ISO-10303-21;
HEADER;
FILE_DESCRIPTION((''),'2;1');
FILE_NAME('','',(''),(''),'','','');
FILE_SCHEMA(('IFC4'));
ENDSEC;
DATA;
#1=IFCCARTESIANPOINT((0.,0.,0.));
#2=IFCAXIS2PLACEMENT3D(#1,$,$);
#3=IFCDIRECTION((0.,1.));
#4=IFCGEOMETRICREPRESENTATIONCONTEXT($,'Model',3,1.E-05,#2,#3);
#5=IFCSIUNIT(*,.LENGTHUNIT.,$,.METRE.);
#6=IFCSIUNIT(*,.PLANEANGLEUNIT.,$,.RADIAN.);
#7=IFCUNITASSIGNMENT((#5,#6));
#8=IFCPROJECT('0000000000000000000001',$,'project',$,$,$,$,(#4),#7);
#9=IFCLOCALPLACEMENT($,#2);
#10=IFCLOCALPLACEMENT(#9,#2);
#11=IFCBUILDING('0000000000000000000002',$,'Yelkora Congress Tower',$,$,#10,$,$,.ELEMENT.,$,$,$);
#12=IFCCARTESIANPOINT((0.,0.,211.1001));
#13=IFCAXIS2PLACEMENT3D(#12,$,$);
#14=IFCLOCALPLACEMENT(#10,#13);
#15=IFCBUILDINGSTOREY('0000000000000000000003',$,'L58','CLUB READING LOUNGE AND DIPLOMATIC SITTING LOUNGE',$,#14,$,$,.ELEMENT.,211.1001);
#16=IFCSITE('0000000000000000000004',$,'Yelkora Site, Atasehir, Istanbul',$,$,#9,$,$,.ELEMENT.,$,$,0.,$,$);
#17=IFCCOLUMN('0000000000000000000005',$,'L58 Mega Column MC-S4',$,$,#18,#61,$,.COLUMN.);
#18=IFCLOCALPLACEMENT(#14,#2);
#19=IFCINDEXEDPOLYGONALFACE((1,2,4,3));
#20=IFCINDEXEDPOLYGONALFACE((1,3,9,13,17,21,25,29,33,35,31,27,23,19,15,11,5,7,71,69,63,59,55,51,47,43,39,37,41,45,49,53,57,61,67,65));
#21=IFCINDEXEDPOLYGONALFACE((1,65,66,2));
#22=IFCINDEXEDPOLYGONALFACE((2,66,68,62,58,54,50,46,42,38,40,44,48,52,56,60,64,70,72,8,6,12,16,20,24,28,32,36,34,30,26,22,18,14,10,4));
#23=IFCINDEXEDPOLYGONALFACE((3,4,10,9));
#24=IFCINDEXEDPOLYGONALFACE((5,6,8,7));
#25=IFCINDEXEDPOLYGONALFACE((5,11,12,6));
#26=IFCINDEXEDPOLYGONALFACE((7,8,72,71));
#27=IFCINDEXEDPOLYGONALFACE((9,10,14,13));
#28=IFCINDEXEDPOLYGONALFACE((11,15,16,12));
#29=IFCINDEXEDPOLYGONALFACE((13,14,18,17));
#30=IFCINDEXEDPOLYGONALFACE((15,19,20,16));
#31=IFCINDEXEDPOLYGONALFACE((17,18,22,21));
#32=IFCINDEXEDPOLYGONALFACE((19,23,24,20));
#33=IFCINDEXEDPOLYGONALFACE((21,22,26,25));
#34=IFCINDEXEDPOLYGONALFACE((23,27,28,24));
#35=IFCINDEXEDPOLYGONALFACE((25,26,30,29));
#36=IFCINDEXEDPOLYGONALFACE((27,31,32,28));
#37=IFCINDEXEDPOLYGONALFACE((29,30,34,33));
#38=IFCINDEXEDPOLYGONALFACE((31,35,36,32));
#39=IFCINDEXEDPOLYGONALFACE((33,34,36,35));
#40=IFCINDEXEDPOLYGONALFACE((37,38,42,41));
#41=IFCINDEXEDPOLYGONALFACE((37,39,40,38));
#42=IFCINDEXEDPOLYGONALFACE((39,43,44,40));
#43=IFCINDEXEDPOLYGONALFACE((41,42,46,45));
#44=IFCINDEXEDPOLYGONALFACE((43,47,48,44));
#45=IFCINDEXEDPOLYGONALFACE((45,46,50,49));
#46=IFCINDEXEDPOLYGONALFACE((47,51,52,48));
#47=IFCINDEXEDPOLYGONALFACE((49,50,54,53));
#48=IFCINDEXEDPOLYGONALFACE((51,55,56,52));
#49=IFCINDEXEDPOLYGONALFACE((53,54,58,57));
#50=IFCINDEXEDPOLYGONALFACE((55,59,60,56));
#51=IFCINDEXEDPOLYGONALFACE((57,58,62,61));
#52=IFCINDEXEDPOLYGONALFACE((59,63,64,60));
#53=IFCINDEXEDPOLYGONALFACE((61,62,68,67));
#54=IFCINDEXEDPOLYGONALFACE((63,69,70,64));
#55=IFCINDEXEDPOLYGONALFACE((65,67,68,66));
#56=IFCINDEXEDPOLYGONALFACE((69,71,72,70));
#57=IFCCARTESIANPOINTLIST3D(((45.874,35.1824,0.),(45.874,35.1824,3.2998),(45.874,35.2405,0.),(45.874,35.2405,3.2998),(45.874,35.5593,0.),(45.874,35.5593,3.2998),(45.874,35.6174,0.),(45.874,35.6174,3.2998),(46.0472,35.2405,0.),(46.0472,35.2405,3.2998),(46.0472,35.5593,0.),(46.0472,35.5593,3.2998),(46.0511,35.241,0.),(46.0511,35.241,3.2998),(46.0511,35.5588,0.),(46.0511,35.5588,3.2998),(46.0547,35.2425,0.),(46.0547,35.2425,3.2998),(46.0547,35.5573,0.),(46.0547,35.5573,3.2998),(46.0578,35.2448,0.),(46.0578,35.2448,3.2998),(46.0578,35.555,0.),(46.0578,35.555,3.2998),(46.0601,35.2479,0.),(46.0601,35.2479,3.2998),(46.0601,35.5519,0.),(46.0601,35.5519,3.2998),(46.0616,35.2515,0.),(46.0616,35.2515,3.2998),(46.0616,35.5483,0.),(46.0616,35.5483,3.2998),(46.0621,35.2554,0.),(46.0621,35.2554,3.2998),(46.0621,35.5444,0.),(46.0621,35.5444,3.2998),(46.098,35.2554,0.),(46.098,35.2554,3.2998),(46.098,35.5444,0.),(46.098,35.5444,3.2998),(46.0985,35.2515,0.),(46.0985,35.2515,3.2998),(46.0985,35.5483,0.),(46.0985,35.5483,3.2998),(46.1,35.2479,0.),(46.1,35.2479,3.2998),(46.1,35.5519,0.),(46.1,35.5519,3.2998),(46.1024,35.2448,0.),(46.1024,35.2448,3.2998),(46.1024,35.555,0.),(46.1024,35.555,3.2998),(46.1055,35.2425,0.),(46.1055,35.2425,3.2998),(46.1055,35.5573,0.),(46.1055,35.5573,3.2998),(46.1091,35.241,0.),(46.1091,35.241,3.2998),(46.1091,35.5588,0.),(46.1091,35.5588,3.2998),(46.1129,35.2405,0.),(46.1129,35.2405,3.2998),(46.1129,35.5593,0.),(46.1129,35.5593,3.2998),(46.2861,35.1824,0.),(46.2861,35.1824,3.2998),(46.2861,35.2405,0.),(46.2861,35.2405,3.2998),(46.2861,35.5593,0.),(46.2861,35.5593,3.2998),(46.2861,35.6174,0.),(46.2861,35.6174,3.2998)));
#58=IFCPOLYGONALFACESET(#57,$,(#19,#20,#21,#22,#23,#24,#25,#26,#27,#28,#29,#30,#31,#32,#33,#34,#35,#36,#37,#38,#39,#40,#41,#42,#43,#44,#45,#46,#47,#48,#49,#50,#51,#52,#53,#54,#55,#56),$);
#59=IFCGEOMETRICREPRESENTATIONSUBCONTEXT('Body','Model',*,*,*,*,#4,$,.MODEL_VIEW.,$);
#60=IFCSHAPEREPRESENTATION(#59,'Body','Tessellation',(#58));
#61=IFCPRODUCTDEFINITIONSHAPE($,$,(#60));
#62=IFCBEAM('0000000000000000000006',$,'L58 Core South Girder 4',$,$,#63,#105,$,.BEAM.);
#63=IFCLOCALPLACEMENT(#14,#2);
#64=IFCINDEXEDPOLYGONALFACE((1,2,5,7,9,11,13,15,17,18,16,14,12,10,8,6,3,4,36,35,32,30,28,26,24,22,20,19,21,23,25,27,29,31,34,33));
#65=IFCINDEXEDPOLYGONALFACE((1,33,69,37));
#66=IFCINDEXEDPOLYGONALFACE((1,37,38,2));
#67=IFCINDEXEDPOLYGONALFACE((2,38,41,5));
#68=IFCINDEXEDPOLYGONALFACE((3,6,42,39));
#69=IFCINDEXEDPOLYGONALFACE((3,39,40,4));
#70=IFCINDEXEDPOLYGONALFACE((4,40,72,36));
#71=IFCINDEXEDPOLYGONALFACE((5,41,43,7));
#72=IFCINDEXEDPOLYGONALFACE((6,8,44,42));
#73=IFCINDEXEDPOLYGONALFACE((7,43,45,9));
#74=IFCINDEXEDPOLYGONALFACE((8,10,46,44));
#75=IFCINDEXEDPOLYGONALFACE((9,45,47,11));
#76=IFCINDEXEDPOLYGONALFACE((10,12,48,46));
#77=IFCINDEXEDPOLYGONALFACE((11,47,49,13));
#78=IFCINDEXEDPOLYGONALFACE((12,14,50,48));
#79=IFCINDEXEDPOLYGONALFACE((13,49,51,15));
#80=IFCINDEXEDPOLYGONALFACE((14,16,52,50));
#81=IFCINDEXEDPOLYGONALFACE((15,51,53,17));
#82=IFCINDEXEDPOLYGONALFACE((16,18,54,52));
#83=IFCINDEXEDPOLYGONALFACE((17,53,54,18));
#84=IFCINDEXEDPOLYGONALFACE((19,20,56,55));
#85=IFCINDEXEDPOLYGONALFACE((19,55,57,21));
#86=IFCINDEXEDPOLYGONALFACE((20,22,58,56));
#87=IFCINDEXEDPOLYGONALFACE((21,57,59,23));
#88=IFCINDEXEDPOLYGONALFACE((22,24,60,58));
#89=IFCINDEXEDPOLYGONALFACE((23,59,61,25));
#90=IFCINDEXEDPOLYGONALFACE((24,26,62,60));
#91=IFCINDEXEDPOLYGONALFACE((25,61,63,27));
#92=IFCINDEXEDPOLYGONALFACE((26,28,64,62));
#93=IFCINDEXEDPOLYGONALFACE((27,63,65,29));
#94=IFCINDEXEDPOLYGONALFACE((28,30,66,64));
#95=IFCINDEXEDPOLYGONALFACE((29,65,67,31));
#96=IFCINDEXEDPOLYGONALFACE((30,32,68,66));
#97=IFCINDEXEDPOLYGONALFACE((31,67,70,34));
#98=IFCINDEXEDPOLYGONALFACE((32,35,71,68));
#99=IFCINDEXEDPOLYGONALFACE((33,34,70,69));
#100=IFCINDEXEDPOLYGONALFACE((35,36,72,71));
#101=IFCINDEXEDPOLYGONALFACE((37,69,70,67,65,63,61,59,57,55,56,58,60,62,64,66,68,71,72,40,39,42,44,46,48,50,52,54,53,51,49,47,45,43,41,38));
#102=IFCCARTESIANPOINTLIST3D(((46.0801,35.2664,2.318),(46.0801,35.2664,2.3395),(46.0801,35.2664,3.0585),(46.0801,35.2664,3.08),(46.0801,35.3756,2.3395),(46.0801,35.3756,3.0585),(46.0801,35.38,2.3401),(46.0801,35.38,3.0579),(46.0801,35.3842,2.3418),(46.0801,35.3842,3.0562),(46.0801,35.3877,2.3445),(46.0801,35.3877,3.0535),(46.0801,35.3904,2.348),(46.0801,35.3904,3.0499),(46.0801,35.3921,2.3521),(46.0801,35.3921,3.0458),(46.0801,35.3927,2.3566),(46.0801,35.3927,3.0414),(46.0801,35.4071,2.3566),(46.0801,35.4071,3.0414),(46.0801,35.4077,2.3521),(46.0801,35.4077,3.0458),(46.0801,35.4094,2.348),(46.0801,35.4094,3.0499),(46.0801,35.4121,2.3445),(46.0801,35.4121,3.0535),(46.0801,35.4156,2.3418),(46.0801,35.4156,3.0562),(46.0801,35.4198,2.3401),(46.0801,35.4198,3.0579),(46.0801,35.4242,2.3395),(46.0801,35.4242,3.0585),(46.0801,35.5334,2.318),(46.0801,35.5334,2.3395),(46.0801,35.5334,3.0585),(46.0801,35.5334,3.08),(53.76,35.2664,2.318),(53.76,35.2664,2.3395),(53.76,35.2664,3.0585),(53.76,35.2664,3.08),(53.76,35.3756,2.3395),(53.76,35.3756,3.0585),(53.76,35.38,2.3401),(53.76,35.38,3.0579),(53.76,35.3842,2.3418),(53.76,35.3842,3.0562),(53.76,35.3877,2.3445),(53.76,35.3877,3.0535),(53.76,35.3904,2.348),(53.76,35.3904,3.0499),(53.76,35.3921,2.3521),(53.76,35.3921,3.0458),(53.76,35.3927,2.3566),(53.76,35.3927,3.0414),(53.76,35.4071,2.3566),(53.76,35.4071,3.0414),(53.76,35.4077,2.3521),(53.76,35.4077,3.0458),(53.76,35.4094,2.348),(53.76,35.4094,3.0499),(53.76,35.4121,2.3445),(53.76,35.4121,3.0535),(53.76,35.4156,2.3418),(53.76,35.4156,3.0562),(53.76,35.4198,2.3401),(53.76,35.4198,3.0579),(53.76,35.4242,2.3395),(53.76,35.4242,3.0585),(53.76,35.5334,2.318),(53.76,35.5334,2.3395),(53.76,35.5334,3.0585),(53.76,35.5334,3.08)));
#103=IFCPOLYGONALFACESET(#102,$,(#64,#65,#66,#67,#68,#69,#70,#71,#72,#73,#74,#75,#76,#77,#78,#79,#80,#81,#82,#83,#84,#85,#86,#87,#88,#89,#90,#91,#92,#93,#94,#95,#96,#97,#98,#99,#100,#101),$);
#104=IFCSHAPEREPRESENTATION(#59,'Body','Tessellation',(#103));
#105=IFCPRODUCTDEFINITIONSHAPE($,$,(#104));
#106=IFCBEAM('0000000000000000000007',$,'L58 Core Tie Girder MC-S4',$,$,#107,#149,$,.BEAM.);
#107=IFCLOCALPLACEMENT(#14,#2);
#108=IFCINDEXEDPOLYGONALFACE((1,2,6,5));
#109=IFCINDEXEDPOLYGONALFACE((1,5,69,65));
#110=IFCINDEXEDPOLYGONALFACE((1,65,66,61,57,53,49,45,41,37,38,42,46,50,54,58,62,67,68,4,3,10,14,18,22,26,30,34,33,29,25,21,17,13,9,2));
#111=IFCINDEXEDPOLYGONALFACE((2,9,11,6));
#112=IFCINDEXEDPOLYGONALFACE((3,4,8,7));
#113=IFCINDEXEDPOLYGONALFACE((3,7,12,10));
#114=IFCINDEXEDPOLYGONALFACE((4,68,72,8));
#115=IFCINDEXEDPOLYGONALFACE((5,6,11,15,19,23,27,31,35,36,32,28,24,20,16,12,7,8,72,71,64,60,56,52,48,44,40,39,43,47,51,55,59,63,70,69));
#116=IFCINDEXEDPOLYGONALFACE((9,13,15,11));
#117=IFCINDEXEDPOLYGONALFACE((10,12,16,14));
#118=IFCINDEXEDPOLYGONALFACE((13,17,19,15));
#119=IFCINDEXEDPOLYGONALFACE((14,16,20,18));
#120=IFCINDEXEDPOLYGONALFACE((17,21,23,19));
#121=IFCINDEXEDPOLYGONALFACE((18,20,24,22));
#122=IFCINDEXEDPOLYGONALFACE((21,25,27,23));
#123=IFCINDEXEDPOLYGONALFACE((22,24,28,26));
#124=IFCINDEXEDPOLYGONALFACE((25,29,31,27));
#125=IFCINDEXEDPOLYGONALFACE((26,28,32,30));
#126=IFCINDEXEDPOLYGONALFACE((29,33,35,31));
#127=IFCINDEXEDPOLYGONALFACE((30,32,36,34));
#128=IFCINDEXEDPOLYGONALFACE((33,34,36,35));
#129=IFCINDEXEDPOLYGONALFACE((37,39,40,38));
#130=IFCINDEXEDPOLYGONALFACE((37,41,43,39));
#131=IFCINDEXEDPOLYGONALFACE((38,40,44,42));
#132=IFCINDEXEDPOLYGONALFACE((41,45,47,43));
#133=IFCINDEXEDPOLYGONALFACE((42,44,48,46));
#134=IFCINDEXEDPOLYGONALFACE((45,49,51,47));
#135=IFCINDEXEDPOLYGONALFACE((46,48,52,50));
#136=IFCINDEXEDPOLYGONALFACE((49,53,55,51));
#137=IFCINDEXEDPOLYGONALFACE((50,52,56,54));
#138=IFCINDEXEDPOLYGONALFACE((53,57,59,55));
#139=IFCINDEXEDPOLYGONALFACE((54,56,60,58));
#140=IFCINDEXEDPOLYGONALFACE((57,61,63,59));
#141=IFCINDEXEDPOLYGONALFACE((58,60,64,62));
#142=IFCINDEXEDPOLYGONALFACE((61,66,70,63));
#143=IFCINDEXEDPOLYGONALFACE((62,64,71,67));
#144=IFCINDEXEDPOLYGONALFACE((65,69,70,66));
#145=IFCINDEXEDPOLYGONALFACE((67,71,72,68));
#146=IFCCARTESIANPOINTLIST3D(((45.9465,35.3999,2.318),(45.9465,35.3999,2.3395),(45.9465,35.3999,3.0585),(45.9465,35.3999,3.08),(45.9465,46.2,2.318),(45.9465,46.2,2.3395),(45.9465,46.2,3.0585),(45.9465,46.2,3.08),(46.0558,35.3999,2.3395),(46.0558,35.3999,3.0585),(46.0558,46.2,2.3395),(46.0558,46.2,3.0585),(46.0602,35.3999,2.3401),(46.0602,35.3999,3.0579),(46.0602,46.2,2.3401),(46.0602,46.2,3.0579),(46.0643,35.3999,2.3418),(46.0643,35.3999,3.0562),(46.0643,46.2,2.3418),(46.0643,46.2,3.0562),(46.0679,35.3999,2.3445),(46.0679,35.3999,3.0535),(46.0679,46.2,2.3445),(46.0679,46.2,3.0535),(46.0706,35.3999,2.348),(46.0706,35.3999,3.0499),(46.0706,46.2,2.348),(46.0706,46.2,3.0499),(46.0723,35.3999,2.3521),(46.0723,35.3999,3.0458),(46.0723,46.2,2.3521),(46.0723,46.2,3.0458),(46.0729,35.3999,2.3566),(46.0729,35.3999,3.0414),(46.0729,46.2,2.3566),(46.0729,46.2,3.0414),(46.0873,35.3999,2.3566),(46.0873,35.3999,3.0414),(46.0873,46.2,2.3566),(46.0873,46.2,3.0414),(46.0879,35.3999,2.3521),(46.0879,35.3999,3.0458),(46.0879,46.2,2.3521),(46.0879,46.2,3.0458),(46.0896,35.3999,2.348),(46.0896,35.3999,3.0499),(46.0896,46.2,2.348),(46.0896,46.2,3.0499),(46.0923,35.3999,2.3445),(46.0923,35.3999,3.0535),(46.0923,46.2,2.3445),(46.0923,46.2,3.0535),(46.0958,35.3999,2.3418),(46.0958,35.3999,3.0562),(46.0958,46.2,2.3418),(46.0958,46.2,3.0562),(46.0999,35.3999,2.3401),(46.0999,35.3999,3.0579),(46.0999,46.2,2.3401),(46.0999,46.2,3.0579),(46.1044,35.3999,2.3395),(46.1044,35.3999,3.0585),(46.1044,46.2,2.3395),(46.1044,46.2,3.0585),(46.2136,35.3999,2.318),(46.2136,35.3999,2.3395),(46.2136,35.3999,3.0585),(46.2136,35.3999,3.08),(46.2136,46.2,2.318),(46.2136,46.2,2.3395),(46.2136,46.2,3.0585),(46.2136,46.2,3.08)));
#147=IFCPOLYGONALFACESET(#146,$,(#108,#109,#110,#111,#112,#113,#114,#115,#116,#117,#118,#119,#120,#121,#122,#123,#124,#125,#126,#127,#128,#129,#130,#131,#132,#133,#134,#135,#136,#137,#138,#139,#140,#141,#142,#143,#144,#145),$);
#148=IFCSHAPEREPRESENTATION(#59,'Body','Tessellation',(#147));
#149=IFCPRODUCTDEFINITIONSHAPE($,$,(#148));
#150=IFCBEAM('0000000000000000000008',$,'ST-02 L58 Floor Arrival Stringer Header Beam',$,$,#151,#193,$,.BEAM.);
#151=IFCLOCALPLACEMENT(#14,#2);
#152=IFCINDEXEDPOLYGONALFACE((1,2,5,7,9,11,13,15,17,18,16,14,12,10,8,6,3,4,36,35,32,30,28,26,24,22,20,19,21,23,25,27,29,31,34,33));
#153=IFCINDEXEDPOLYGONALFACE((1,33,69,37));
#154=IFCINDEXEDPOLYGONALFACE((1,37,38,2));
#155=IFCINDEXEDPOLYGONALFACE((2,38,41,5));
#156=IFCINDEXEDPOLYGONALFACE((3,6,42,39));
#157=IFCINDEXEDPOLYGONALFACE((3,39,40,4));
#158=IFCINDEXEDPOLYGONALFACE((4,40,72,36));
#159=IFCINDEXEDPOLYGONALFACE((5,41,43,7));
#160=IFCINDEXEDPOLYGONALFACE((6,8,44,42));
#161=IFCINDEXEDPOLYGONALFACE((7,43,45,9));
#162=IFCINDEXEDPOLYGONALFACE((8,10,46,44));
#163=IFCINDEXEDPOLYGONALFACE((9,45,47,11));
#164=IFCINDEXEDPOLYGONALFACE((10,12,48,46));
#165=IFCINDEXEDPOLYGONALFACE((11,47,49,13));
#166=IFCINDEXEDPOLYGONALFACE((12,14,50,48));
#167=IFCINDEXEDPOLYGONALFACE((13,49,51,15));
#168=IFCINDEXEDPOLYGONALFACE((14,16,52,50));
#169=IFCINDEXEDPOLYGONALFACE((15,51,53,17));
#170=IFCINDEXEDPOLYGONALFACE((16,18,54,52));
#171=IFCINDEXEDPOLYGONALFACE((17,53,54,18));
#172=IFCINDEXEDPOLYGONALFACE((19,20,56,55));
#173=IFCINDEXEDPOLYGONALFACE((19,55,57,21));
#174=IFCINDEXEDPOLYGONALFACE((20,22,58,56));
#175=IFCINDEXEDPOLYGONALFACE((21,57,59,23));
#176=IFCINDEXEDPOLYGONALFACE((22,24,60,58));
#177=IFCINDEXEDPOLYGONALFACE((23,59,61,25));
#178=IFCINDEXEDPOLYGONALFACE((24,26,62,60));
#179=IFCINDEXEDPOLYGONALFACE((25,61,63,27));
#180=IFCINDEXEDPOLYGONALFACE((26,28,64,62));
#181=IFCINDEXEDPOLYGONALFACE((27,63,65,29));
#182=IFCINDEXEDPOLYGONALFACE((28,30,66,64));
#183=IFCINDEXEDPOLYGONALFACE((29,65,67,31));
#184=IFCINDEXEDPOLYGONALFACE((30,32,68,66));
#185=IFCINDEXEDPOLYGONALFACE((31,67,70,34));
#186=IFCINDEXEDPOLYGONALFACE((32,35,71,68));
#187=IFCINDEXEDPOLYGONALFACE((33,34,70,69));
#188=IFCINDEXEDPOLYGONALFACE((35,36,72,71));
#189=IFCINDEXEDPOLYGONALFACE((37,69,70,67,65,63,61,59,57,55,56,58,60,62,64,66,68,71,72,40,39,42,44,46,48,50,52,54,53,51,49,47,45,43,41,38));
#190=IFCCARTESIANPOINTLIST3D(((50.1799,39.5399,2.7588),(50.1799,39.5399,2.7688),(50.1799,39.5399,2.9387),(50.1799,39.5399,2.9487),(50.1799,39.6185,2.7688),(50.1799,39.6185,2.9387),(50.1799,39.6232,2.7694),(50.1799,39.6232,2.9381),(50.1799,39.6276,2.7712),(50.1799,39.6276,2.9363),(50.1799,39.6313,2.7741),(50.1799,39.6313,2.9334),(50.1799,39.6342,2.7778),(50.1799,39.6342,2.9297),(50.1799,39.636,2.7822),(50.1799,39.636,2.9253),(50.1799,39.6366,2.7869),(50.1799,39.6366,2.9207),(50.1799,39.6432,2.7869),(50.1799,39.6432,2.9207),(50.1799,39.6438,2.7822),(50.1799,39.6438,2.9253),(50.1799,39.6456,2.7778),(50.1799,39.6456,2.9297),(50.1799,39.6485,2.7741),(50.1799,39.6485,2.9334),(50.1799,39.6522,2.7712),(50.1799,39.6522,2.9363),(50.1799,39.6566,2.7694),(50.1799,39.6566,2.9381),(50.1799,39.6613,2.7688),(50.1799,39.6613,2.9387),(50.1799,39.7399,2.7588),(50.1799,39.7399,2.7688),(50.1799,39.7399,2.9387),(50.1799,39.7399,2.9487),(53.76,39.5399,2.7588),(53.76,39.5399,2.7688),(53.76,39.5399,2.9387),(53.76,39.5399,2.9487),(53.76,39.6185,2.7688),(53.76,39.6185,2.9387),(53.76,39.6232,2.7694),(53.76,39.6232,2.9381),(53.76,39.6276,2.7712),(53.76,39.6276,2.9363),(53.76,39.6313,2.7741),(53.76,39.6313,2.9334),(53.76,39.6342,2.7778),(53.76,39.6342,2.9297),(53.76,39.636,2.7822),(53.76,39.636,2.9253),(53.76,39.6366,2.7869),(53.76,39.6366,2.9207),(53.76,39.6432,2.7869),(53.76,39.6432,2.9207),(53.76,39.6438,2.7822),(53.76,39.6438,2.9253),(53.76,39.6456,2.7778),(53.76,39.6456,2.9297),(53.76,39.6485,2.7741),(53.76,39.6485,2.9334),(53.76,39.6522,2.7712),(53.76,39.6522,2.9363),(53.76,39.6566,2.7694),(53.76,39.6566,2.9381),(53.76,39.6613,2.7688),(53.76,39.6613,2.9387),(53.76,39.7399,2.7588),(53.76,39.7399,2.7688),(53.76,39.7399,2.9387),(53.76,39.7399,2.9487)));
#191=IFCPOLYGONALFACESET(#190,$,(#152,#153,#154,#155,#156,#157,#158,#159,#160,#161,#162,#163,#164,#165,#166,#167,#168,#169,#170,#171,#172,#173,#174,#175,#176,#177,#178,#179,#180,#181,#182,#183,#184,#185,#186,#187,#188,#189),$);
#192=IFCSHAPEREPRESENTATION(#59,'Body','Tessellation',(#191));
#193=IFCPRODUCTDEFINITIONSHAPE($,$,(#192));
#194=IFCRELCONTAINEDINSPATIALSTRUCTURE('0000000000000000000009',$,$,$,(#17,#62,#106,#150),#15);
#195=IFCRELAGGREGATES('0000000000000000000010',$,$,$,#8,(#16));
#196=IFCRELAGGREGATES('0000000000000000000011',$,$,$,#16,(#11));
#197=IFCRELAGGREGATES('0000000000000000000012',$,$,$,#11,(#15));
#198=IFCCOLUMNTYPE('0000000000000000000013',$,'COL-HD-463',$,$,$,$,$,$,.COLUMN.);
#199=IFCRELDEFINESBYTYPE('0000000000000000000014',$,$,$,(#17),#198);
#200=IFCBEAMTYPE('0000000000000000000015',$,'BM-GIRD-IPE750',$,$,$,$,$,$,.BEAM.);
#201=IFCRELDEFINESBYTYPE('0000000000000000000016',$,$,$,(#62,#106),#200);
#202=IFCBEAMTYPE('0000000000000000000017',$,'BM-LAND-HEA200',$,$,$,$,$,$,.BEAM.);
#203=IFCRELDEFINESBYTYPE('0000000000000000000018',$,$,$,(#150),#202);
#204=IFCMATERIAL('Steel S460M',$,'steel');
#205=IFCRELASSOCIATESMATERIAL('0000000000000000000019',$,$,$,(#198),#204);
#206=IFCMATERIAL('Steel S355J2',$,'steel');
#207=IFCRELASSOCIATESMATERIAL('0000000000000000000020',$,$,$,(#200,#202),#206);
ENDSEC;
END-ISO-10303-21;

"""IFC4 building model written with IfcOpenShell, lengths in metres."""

from ifc_helpers import new_model, si_unit, direction, frame, origin, origin_2d, place, context, subcontext, project, spatial, i_section, extrude, material, material_profile, profile_set, type_object, element, save


model = new_model("IFC4")

# Units and contexts
model_context = context("Model", 3, precision=1e-05, world=origin(), true_north=direction((0.0, 1.0)))
body_context = subcontext(model_context, "Body", "Model", "MODEL_VIEW")
ifc_project = project(units=[si_unit("LENGTHUNIT", "METRE"), si_unit("PLANEANGLEUNIT", "RADIAN")], contexts=[model_context])

# Site, building, storey
site_placement = place(None, origin())
site = spatial("IfcSite", under=ifc_project, at=site_placement, Name="Yelkora Site, Atasehir, Istanbul", CompositionType="ELEMENT", RefElevation=0.0)
building_placement = place(site_placement, origin())
building = spatial("IfcBuilding", under=site, at=building_placement, Name="Yelkora Congress Tower", CompositionType="ELEMENT")
storey_placement = place(building_placement, frame((0.0, 0.0, 211.1001)))
storey = spatial("IfcBuildingStorey", under=building, at=storey_placement, Name="L58", Description="CLUB READING LOUNGE AND DIPLOMATIC SITTING LOUNGE", CompositionType="ELEMENT", Elevation=211.1001)

# Column
ifc_material_1 = material(Name="Steel S460M", Category="steel")
ifc_material_profile_1 = material_profile(ifc_material_1, i_section(OverallWidth=0.4121, OverallDepth=0.4351, WebThickness=0.0359, FlangeThickness=0.0581, FilletRadius=0.0149, at=origin_2d()), Name="HD 400x463")
ifc_profile_set_1 = profile_set([ifc_material_profile_1], Name="Steel S460M")
column_type = type_object("IfcColumnType", Name="COL-HD-463", PredefinedType="COLUMN", material=ifc_profile_set_1)
column_placement = place(storey_placement, frame((46.0801, 35.3999, 0.0), z_axis=(0.0, 0.0, 1.0), x_axis=(1.0, 0.0, 0.0)))
element("IfcColumn", 1, at=column_placement, inside=storey, type_object=column_type, Name="L58 Mega Column MC-S4", PredefinedType="COLUMN", context=body_context, shape_type="SweptSolid", body=[
    extrude(i_section(OverallWidth=0.4121, OverallDepth=0.4351, WebThickness=0.0359, FlangeThickness=0.0581, FilletRadius=0.0149, at=origin_2d()), origin(), (0.0, 0.0, 1.0), 3.2998),
])

# Beams
ifc_material_2 = material(Name="Steel S355J2", Category="steel")
ifc_material_profile_2 = material_profile(ifc_material_2, i_section(OverallWidth=0.2671, OverallDepth=0.762, WebThickness=0.0144, FlangeThickness=0.0215, FilletRadius=0.0171, at=origin_2d()), Name="IPE 750x173")
ifc_profile_set_2 = profile_set([ifc_material_profile_2], Name="Steel S355J2")
beam_type_1 = type_object("IfcBeamType", Name="BM-GIRD-IPE750", PredefinedType="BEAM", material=ifc_profile_set_2)
beam_1_placement = place(storey_placement, frame((46.0801, 35.3999, 2.699), z_axis=(1.0, 0.0, 0.0), x_axis=(0.0, 1.0, 0.0)))
element("IfcBeam", 2, at=beam_1_placement, inside=storey, type_object=beam_type_1, Name="L58 Core South Girder 4", PredefinedType="BEAM", context=body_context, shape_type="SweptSolid", body=[
    extrude(i_section(OverallWidth=0.2671, OverallDepth=0.762, WebThickness=0.0144, FlangeThickness=0.0215, FilletRadius=0.0171, at=origin_2d()), origin(), (0.0, 0.0, 1.0), 7.6799),
])
beam_2_placement = place(storey_placement, frame((46.0801, 35.3999, 2.699), z_axis=(0.0, 1.0, 0.0), x_axis=(-1.0, 0.0, 0.0)))
element("IfcBeam", 3, at=beam_2_placement, inside=storey, type_object=beam_type_1, Name="L58 Core Tie Girder MC-S4", PredefinedType="BEAM", context=body_context, shape_type="SweptSolid", body=[
    extrude(i_section(OverallWidth=0.2671, OverallDepth=0.762, WebThickness=0.0144, FlangeThickness=0.0215, FilletRadius=0.0171, at=origin_2d()), origin(), (0.0, 0.0, 1.0), 10.8),
])
ifc_material_profile_3 = material_profile(ifc_material_2, i_section(OverallWidth=0.2, OverallDepth=0.1899, WebThickness=0.0066, FlangeThickness=0.01, FilletRadius=0.0181, at=origin_2d()), Name="HEA 200")
ifc_profile_set_3 = profile_set([ifc_material_profile_3], Name="Steel S355J2")
beam_type_2 = type_object("IfcBeamType", Name="BM-LAND-HEA200", PredefinedType="BEAM", material=ifc_profile_set_3)
beam_3_placement = place(storey_placement, frame((50.1799, 39.6399, 2.8538), z_axis=(1.0, 0.0, 0.0), x_axis=(0.0, 1.0, 0.0)))
element("IfcBeam", 4, at=beam_3_placement, inside=storey, type_object=beam_type_2, Name="ST-02 L58 Floor Arrival Stringer Header Beam", PredefinedType="BEAM", context=body_context, shape_type="SweptSolid", body=[
    extrude(i_section(OverallWidth=0.2, OverallDepth=0.1899, WebThickness=0.0066, FlangeThickness=0.01, FilletRadius=0.0181, at=origin_2d()), origin(), (0.0, 0.0, 1.0), 3.5801),
])

save(model, "model.ifc")
